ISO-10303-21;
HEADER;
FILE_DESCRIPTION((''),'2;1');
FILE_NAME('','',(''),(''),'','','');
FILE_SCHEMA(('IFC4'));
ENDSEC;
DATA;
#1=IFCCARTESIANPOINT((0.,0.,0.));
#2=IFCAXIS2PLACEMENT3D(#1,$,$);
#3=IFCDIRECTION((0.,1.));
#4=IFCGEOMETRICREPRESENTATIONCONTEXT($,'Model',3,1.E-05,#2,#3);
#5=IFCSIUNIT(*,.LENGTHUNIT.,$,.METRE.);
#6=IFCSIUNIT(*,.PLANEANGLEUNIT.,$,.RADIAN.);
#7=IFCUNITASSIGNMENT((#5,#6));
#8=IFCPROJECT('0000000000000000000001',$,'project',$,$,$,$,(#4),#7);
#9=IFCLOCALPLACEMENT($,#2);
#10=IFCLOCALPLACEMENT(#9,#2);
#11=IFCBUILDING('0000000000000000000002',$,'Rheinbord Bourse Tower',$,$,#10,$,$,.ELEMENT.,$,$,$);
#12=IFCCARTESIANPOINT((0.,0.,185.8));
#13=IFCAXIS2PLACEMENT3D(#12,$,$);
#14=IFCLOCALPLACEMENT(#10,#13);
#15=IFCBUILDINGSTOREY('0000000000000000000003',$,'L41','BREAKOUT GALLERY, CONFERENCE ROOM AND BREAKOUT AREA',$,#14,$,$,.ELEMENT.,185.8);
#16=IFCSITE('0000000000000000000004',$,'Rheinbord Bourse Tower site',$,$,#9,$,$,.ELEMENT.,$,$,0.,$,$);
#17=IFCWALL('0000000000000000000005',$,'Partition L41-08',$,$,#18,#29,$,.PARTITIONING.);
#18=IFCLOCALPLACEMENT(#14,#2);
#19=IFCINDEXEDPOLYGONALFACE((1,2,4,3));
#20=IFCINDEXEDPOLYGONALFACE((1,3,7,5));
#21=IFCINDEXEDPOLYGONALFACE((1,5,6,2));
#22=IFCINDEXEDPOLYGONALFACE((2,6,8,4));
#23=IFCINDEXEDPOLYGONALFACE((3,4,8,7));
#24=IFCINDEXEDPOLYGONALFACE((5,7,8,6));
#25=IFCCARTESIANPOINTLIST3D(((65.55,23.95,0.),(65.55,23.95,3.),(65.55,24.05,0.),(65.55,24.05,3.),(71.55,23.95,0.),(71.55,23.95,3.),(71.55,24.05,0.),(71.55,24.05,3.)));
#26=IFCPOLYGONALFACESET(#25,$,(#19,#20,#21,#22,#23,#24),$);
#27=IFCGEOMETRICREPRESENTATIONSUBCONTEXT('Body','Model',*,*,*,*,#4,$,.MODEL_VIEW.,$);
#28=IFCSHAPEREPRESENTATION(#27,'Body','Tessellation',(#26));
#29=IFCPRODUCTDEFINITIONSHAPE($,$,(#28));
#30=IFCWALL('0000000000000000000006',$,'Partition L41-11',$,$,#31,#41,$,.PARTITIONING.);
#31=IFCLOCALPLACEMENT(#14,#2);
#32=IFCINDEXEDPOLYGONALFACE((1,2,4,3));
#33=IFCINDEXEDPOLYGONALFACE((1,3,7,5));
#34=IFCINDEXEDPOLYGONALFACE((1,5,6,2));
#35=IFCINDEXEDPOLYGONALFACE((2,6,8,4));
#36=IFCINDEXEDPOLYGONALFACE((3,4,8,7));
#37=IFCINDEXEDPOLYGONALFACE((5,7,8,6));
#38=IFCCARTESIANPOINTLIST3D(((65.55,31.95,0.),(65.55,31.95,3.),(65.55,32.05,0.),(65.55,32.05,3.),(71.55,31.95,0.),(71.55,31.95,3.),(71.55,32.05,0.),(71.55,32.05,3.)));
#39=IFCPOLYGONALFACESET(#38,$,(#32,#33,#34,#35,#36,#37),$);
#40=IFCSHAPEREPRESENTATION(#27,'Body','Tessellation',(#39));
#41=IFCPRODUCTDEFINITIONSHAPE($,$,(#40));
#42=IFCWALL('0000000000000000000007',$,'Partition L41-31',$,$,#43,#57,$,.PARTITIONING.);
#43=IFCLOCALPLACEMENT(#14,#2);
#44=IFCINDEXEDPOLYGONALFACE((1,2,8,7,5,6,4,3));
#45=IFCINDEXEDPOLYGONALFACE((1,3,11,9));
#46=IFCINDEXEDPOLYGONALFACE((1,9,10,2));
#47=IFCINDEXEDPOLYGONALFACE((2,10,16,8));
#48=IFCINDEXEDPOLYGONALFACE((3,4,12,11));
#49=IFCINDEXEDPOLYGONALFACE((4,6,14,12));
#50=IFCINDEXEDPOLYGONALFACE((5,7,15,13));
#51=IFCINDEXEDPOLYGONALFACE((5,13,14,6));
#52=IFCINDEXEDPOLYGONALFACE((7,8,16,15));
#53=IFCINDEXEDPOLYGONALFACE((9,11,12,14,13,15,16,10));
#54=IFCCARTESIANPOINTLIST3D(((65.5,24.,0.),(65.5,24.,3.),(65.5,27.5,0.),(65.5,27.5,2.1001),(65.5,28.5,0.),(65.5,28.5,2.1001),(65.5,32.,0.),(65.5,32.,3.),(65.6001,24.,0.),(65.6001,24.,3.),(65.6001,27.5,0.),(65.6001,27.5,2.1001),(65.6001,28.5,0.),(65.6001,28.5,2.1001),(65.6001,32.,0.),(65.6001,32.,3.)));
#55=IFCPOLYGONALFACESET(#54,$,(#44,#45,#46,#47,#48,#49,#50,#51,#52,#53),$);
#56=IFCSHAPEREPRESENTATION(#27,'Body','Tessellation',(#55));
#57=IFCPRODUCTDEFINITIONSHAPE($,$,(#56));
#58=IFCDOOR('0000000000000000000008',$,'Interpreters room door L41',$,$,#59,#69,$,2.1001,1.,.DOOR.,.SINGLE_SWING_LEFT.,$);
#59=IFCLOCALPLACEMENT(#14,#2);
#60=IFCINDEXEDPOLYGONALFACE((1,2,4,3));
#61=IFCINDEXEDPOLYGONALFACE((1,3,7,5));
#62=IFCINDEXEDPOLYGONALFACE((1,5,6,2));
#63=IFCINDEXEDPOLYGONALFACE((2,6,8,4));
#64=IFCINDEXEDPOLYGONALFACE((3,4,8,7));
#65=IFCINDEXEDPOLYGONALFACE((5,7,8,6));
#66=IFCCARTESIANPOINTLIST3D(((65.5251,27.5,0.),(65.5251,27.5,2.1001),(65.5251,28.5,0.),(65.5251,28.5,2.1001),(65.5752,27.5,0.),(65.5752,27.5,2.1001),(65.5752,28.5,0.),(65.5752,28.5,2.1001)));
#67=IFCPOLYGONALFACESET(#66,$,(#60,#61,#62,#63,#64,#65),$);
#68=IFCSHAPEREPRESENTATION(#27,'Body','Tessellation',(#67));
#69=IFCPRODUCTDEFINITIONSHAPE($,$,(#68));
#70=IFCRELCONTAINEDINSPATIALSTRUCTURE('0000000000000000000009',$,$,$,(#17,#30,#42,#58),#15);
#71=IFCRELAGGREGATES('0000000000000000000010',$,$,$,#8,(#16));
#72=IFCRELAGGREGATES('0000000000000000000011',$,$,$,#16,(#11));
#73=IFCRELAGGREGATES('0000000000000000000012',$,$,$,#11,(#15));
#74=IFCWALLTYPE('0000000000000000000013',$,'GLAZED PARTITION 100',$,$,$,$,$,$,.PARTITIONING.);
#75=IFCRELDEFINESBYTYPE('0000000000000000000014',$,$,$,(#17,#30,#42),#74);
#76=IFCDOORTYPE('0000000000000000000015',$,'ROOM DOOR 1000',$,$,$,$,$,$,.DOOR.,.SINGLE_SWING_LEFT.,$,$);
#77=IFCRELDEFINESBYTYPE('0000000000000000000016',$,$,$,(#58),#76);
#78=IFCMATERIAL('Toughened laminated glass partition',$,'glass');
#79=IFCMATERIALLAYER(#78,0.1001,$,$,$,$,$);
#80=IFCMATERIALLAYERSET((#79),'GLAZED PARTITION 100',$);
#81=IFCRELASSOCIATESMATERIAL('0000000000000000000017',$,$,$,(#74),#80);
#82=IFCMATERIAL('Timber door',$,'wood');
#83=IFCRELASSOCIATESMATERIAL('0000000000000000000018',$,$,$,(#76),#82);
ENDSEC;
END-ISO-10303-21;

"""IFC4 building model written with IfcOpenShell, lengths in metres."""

from ifc_helpers import new_model, si_unit, direction, frame, frame_2d, origin, place, context, subcontext, project, spatial, rectangle, extrude, material, layer, layer_set, type_object, element, fill, save


model = new_model("IFC4")

# Units and contexts
model_context = context("Model", 3, precision=1e-05, world=origin(), true_north=direction((0.0, 1.0)))
body_context = subcontext(model_context, "Body", "Model", "MODEL_VIEW")
ifc_project = project(units=[si_unit("LENGTHUNIT", "METRE"), si_unit("PLANEANGLEUNIT", "RADIAN")], contexts=[model_context])

# Site, building, storey
site_placement = place(None, origin())
site = spatial("IfcSite", under=ifc_project, at=site_placement, Name="Rheinbord Bourse Tower site", CompositionType="ELEMENT", RefElevation=0.0)
building_placement = place(site_placement, origin())
building = spatial("IfcBuilding", under=site, at=building_placement, Name="Rheinbord Bourse Tower", CompositionType="ELEMENT")
storey_placement = place(building_placement, frame((0.0, 0.0, 185.8)))
storey = spatial("IfcBuildingStorey", under=building, at=storey_placement, Name="L41", Description="BREAKOUT GALLERY, CONFERENCE ROOM AND BREAKOUT AREA", CompositionType="ELEMENT", Elevation=185.8)

# Walls
ifc_material_1 = material(Name="Toughened laminated glass partition", Category="glass")
ifc_layer_1 = layer(ifc_material_1, 0.1001)
ifc_layer_set_1 = layer_set([ifc_layer_1], Name="GLAZED PARTITION 100")
wall_type_1 = type_object("IfcWallType", Name="GLAZED PARTITION 100", PredefinedType="PARTITIONING", material=ifc_layer_set_1)
for number, where, z_axis, x_axis, name in (
    (1, (65.55, 24.0, 0.0), (0.0, 0.0, 1.0), (1.0, 0.0, 0.0), "Partition L41-08"),
    (2, (65.55, 32.0, 0.0), (0.0, 0.0, 1.0), (1.0, 0.0, 0.0), "Partition L41-11"),
):
    element("IfcWall", number, at=place(storey_placement, frame(where, z_axis=z_axis, x_axis=x_axis)), inside=storey, type_object=wall_type_1, Name=name, PredefinedType="PARTITIONING", context=body_context, shape_type="SweptSolid", body=[
        extrude(rectangle(XDim=6.0, YDim=0.1001, at=frame_2d((3.0, 0.0))), origin(), (0.0, 0.0, 1.0), 3.0),
    ])

# Wall, opening, door
wall_1_placement = place(storey_placement, frame((65.55, 24.0, 0.0), z_axis=(0.0, 0.0, 1.0), x_axis=(0.0, 1.0, 0.0)))
wall_1 = element("IfcWall", 3, at=wall_1_placement, inside=storey, type_object=wall_type_1, Name="Partition L41-31", PredefinedType="PARTITIONING", context=body_context, shape_type="SweptSolid", body=[
    extrude(rectangle(XDim=8.0, YDim=0.1001, at=frame_2d((4.0, 0.0))), origin(), (0.0, 0.0, 1.0), 3.0),
])
opening_placement = place(wall_1_placement, frame((3.5, 0.0, 0.0)))
opening = element("IfcOpeningElement", 4, at=opening_placement, cuts=wall_1, PredefinedType="OPENING", context=body_context, shape_type="SweptSolid", body=[
    extrude(rectangle(XDim=1.0, YDim=2.1001, at=frame_2d((0.5, 1.05))), frame((0.0, 0.0601, 0.0), z_axis=(0.0, -1.0, 0.0), x_axis=(1.0, 0.0, 0.0)), (0.0, 0.0, 1.0), 0.1201),
])
ifc_material_2 = material(Name="Timber door", Category="wood")
door_type = type_object("IfcDoorType", Name="ROOM DOOR 1000", OperationType="SINGLE_SWING_LEFT", PredefinedType="DOOR", material=ifc_material_2)
door_placement = place(opening_placement, origin())
door = element("IfcDoor", 5, at=door_placement, inside=storey, type_object=door_type, Name="Interpreters room door L41", OperationType="SINGLE_SWING_LEFT", OverallHeight=2.1001, OverallWidth=1.0, PredefinedType="DOOR", context=body_context, shape_type="SweptSolid", body=[
    extrude(rectangle(XDim=1.0, YDim=2.1001, at=frame_2d((0.5, 1.05))), frame((0.0, 0.0249, 0.0), z_axis=(0.0, -1.0, 0.0), x_axis=(1.0, 0.0, 0.0)), (0.0, 0.0, 1.0), 0.05),
])
fill(opening, door)

save(model, "model.ifc")
